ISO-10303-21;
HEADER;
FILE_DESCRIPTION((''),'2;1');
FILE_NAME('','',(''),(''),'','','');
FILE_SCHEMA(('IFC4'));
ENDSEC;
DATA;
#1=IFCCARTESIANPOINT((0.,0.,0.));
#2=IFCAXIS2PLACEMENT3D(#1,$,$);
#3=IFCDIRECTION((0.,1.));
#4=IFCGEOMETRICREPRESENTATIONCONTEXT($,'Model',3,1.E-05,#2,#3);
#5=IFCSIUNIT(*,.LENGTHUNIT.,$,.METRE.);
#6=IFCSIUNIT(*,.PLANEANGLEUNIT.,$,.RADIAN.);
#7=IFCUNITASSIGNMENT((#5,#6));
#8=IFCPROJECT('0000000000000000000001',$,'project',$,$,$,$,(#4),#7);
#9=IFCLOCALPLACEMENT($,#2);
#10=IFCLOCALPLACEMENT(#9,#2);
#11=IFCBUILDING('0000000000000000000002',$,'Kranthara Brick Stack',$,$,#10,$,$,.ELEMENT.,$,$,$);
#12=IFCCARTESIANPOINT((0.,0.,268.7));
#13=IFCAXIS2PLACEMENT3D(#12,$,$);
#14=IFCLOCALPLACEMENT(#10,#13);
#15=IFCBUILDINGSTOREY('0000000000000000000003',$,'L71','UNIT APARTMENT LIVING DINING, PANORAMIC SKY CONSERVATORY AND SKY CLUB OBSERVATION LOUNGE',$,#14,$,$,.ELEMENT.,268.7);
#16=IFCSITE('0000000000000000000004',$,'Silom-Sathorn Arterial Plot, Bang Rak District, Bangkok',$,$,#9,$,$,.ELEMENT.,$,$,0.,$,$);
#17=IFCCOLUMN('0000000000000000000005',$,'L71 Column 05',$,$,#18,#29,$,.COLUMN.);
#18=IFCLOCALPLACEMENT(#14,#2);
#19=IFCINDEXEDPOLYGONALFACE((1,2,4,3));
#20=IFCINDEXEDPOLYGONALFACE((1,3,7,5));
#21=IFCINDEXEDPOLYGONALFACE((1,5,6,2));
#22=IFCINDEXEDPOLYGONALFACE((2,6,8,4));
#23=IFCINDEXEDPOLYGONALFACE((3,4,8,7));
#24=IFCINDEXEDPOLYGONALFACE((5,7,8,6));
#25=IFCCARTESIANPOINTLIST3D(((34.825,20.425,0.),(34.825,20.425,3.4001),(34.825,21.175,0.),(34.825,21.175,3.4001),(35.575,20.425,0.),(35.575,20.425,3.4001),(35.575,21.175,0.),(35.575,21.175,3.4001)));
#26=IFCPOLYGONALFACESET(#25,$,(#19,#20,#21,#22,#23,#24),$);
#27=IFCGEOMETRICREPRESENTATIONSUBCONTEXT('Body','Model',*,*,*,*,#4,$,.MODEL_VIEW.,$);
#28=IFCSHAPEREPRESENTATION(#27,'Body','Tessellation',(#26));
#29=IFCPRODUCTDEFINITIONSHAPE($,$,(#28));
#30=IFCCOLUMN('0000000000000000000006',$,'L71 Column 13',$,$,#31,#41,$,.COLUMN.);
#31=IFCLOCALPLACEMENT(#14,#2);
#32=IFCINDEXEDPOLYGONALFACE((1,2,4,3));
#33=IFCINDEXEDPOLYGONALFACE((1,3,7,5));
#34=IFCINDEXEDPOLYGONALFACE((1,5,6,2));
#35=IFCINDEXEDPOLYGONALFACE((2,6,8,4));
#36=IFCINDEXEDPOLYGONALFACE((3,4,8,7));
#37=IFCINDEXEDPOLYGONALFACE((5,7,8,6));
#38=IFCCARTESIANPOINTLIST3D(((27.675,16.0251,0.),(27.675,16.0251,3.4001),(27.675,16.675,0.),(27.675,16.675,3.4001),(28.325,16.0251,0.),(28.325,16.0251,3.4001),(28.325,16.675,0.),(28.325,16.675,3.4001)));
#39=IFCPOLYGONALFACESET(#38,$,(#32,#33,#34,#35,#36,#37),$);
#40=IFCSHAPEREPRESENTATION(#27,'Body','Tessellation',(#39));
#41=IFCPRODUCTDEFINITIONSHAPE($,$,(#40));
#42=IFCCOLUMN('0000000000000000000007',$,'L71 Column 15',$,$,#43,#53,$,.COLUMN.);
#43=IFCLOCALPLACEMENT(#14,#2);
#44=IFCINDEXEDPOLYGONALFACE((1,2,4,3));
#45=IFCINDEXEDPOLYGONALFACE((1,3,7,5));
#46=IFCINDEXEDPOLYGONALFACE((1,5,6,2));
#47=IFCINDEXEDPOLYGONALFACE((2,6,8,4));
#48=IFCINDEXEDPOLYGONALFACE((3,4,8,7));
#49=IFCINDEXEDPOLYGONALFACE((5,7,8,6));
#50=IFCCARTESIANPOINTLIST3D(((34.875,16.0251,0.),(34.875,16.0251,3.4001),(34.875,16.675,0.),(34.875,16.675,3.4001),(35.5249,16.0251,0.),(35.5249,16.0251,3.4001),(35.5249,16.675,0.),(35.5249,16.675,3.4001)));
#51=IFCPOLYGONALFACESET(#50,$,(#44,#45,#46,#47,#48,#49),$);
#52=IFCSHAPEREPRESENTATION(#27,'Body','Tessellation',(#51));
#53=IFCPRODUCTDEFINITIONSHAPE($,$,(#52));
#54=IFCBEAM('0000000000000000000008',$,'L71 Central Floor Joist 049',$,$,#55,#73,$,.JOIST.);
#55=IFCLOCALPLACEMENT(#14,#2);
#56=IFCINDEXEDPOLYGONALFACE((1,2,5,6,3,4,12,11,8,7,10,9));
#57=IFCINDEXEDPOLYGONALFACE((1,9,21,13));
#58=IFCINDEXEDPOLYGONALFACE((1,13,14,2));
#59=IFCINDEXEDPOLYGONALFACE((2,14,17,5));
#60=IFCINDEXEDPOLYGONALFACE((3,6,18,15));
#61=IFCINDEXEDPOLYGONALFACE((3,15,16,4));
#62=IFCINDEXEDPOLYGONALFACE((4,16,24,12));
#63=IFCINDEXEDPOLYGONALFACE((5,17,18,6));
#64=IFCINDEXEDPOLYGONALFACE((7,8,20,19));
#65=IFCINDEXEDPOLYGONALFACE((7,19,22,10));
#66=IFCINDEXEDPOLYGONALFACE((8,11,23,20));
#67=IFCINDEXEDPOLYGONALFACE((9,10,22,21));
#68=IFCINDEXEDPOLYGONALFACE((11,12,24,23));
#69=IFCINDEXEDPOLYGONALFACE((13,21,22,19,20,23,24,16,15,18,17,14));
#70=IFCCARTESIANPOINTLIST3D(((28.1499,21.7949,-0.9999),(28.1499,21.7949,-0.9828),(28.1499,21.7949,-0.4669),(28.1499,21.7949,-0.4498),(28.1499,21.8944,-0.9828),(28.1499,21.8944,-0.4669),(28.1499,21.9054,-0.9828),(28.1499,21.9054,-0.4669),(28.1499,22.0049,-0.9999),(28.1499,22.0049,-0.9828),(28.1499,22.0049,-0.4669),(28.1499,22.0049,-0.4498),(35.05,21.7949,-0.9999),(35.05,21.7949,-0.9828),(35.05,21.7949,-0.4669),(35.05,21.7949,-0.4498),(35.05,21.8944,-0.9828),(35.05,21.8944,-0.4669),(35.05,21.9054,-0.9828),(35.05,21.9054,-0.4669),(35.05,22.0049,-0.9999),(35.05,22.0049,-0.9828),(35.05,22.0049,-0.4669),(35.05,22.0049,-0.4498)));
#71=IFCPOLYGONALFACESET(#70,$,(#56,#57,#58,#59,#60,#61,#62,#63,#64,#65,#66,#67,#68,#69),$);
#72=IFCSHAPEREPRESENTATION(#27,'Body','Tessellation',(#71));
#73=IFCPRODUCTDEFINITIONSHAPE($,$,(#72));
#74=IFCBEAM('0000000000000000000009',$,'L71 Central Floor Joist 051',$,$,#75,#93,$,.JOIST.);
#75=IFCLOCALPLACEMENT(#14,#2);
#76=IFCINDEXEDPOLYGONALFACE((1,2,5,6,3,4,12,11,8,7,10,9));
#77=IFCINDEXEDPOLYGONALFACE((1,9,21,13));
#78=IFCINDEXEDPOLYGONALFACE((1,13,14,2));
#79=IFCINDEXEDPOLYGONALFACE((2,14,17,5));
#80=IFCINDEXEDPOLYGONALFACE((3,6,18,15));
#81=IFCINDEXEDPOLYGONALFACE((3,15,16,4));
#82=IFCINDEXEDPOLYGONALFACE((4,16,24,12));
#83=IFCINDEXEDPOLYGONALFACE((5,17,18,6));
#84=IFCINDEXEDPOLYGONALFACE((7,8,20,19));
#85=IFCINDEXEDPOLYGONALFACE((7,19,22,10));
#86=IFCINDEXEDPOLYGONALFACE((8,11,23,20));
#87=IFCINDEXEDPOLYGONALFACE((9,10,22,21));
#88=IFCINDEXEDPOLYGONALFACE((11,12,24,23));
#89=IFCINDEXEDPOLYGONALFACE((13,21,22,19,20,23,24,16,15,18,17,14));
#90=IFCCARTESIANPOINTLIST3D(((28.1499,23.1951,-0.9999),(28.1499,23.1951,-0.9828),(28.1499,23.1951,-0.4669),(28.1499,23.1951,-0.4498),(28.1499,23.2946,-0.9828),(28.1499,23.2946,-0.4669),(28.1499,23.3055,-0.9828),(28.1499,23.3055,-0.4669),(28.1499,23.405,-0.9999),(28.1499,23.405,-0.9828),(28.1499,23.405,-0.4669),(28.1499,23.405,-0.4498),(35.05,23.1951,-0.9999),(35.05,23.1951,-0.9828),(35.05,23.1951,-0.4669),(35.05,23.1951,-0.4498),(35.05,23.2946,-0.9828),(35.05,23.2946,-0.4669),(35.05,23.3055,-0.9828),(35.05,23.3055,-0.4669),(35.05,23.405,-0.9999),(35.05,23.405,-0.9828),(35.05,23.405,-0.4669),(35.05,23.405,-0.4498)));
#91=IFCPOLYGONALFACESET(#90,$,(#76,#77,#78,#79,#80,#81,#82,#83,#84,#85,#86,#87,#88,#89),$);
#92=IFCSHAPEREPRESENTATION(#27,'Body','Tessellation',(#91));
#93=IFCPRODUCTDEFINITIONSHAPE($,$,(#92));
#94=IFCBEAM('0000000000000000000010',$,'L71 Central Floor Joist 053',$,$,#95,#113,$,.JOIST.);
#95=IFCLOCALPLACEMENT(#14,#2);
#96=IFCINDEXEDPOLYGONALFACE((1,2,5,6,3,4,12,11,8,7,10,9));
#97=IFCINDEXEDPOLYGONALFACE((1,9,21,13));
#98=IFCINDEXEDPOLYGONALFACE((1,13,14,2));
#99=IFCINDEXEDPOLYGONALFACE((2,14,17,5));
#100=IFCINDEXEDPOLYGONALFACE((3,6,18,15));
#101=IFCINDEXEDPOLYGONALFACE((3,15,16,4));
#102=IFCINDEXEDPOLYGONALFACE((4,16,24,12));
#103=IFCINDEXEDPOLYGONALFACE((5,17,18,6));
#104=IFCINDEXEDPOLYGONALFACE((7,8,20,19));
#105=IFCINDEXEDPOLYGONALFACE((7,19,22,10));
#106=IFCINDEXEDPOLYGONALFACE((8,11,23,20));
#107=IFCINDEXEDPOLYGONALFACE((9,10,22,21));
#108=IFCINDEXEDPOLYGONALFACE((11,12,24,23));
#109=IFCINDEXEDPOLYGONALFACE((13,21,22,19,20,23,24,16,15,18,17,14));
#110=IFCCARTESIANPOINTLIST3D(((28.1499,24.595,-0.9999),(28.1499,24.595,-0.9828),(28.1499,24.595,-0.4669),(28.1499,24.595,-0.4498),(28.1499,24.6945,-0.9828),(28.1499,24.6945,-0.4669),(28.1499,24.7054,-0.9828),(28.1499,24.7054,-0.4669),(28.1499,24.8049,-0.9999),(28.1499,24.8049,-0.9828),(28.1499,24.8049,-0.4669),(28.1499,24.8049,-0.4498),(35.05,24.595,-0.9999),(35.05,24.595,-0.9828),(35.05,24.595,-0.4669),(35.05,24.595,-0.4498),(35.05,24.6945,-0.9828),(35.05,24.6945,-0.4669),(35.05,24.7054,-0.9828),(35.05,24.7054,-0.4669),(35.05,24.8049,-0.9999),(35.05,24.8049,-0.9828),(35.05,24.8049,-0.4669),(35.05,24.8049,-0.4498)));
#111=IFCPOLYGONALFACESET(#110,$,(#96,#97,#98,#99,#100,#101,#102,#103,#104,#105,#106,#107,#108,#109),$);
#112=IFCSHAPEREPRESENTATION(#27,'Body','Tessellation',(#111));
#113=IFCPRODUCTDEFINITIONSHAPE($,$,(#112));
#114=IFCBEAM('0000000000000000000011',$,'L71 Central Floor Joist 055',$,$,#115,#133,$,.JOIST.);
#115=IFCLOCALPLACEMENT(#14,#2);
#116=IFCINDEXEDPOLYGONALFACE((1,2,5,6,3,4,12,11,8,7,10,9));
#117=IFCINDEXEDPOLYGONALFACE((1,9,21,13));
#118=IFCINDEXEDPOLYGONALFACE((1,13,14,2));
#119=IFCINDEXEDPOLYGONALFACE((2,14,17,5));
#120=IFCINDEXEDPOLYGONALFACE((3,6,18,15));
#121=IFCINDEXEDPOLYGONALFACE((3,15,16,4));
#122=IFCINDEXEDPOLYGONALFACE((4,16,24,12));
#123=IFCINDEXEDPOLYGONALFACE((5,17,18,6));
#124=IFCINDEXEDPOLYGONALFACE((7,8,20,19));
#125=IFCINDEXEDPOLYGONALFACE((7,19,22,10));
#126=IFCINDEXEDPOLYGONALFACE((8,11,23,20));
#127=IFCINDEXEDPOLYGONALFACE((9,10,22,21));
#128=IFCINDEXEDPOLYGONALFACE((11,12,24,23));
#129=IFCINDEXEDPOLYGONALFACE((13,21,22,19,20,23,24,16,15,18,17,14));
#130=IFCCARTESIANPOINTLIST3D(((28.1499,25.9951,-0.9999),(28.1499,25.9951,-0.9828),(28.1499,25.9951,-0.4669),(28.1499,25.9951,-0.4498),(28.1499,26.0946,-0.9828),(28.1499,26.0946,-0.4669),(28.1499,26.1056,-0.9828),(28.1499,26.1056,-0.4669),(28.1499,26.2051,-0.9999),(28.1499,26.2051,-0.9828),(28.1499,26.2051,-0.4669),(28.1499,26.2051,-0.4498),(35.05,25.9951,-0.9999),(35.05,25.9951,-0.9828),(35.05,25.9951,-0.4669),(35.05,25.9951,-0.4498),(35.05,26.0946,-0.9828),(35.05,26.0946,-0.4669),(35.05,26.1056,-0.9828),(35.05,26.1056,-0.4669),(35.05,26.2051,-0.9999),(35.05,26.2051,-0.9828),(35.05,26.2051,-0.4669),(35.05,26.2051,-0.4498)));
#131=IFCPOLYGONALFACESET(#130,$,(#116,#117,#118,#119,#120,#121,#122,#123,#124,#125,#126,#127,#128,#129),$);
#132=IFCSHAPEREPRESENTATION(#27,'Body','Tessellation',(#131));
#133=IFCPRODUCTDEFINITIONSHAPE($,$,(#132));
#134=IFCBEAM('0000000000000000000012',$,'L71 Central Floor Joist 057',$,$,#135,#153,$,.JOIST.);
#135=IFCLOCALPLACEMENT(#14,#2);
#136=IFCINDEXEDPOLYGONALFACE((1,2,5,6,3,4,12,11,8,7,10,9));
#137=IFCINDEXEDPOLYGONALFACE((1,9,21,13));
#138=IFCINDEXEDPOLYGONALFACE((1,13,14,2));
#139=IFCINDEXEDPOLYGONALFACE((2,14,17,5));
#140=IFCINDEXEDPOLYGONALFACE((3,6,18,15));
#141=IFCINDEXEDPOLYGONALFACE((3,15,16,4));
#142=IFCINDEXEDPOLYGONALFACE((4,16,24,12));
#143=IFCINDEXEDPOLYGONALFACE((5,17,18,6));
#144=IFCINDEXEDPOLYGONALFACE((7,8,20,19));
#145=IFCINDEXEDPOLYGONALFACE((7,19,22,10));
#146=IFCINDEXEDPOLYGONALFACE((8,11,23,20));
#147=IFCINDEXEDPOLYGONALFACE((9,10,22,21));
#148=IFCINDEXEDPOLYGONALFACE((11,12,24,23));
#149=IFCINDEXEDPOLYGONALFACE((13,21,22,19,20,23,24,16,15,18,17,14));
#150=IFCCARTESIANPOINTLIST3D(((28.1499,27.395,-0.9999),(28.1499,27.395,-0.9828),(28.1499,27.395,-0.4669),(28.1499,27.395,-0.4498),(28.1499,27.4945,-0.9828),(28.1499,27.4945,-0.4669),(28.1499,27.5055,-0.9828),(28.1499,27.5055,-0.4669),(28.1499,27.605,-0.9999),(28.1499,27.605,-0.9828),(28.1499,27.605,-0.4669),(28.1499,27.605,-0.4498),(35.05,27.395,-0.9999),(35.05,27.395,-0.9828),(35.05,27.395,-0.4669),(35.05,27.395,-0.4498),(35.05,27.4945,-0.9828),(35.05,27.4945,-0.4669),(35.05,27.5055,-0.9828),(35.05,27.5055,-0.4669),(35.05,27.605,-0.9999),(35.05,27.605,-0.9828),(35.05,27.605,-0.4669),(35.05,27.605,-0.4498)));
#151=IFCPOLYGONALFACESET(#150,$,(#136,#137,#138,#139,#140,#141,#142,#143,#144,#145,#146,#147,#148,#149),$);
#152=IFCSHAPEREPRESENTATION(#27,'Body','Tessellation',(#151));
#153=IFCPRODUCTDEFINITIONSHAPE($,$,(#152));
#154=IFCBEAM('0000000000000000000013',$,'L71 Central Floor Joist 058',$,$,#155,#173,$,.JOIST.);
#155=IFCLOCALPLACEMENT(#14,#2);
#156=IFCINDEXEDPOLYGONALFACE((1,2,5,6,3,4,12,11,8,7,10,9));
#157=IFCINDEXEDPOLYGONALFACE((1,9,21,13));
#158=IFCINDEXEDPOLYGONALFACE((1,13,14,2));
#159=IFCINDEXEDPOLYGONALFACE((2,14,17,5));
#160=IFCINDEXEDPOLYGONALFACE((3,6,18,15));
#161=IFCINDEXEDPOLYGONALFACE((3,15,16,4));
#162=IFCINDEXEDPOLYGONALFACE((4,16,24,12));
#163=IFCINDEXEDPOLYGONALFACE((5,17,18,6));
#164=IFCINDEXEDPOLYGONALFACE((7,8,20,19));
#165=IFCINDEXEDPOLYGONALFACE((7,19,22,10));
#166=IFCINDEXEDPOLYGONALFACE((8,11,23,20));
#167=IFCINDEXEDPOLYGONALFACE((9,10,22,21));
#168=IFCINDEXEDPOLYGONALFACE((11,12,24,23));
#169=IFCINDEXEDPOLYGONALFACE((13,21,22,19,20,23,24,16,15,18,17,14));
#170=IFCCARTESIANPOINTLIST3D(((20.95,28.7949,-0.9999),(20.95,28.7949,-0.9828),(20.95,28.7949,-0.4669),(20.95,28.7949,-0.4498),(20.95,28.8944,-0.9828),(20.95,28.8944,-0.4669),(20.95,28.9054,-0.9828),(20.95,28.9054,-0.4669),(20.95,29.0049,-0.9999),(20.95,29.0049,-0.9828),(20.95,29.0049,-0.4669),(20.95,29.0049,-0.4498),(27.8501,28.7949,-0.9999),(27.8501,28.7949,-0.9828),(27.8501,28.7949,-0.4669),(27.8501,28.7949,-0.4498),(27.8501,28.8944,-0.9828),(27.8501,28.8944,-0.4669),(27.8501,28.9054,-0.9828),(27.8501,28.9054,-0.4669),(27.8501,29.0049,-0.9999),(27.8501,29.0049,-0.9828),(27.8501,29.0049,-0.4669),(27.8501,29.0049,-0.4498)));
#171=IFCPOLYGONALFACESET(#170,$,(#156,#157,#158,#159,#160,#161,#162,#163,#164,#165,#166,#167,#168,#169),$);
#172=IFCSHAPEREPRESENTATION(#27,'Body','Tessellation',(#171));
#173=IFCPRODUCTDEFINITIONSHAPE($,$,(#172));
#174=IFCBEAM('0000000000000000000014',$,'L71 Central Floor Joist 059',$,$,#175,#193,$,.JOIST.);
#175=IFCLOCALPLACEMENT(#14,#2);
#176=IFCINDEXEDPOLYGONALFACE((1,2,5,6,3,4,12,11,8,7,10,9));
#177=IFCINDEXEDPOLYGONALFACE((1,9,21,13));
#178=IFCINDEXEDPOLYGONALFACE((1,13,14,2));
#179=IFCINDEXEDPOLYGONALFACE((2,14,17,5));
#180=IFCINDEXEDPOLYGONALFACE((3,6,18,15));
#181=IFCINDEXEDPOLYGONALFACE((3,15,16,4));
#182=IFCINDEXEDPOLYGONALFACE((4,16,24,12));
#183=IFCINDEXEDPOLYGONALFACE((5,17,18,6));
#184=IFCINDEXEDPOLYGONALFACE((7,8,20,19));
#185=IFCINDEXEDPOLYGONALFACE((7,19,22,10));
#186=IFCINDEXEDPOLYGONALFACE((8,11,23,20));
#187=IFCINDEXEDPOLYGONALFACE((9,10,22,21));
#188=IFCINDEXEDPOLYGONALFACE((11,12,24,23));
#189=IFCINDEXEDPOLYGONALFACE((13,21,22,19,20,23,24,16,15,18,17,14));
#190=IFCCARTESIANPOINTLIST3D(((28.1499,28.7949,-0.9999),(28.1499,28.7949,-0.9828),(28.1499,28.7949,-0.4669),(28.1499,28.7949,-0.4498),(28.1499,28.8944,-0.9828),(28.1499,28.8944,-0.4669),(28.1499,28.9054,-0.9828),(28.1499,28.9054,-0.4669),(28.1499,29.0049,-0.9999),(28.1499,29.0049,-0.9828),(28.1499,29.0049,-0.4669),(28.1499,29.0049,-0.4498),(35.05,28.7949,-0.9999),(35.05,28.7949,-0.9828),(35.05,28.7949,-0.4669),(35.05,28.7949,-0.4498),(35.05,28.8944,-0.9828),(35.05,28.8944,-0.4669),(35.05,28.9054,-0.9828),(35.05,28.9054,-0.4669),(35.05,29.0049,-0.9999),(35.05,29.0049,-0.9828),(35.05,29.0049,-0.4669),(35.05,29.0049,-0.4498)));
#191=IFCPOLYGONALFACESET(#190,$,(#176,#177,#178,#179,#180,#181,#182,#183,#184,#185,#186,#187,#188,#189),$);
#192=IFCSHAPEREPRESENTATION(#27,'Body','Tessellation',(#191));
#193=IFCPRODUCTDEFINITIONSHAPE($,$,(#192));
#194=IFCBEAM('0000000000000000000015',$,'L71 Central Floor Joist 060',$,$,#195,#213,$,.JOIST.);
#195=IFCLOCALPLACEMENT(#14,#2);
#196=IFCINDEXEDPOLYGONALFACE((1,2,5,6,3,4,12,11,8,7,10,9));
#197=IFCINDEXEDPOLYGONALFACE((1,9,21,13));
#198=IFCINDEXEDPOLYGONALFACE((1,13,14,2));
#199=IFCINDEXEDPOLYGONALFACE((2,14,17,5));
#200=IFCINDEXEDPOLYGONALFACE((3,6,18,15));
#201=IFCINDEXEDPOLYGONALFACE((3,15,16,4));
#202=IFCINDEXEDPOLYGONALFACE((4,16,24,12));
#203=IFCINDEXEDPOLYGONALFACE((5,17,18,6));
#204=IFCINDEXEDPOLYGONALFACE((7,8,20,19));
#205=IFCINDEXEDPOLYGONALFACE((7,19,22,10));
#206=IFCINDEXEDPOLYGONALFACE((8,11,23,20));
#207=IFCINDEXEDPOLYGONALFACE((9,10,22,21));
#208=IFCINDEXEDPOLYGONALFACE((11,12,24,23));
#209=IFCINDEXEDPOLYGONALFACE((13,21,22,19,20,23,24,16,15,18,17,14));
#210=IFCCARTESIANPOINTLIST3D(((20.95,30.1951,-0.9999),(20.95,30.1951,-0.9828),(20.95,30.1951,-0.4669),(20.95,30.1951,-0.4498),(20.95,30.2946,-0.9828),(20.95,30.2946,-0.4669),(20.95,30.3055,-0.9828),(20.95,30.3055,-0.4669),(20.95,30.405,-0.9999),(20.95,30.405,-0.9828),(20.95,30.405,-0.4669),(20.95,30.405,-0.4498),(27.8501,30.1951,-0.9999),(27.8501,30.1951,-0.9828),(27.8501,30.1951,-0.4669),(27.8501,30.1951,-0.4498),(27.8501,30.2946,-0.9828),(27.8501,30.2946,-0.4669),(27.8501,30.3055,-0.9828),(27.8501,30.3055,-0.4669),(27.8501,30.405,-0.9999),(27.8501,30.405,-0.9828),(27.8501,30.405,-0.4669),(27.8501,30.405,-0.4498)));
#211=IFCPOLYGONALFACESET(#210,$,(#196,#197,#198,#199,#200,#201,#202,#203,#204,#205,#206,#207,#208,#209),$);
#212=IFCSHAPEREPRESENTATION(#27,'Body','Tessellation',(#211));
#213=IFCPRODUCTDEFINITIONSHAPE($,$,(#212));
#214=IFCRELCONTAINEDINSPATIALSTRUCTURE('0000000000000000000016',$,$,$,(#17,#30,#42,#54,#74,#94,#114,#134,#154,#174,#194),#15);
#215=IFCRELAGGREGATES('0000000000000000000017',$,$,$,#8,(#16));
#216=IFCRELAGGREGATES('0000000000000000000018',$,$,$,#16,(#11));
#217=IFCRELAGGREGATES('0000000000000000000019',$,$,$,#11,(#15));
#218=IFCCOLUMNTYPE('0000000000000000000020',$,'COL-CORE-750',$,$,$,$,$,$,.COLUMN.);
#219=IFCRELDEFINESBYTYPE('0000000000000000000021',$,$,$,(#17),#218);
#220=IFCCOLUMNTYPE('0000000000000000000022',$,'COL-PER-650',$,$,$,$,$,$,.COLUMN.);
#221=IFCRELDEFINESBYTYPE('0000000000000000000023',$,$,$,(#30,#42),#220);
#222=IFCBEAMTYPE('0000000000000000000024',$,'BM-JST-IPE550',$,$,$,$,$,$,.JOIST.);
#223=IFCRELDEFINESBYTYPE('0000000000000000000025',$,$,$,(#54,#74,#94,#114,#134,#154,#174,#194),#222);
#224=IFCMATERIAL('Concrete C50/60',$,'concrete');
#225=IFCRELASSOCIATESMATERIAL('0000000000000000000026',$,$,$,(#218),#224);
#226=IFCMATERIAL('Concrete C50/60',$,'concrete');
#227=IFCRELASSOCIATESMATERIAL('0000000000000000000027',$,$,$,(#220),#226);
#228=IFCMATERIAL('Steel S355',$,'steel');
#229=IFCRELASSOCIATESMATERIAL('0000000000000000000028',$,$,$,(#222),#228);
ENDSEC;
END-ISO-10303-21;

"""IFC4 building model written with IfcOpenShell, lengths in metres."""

from ifc_helpers import new_model, si_unit, direction, frame, origin, origin_2d, place, context, subcontext, project, spatial, rectangle, i_section, extrude, material, material_profile, profile_set, type_object, element, save


model = new_model("IFC4")

# Units and contexts
model_context = context("Model", 3, precision=1e-05, world=origin(), true_north=direction((0.0, 1.0)))
body_context = subcontext(model_context, "Body", "Model", "MODEL_VIEW")
ifc_project = project(units=[si_unit("LENGTHUNIT", "METRE"), si_unit("PLANEANGLEUNIT", "RADIAN")], contexts=[model_context])

# Site, building, storey
site_placement = place(None, origin())
site = spatial("IfcSite", under=ifc_project, at=site_placement, Name="Silom-Sathorn Arterial Plot, Bang Rak District, Bangkok", CompositionType="ELEMENT", RefElevation=0.0)
building_placement = place(site_placement, origin())
building = spatial("IfcBuilding", under=site, at=building_placement, Name="Kranthara Brick Stack", CompositionType="ELEMENT")
storey_placement = place(building_placement, frame((0.0, 0.0, 268.7)))
storey = spatial("IfcBuildingStorey", under=building, at=storey_placement, Name="L71", Description="UNIT APARTMENT LIVING DINING, PANORAMIC SKY CONSERVATORY AND SKY CLUB OBSERVATION LOUNGE", CompositionType="ELEMENT", Elevation=268.7)

# Columns
ifc_material_1 = material(Name="Concrete C50/60", Category="concrete")
ifc_material_profile_1 = material_profile(ifc_material_1, rectangle(XDim=0.75, YDim=0.75, at=origin_2d()), Name="RC 750x750")
ifc_profile_set_1 = profile_set([ifc_material_profile_1], Name="Concrete C50/60")
column_type_1 = type_object("IfcColumnType", Name="COL-CORE-750", PredefinedType="COLUMN", material=ifc_profile_set_1)
column_placement = place(storey_placement, frame((35.2, 20.8, 0.0), z_axis=(0.0, 0.0, 1.0), x_axis=(1.0, 0.0, 0.0)))
element("IfcColumn", 1, at=column_placement, inside=storey, type_object=column_type_1, Name="L71 Column 05", PredefinedType="COLUMN", context=body_context, shape_type="SweptSolid", body=[
    extrude(rectangle(XDim=0.75, YDim=0.75, at=origin_2d()), origin(), (0.0, 0.0, 1.0), 3.4001),
])
ifc_material_2 = material(Name="Concrete C50/60", Category="concrete")
ifc_material_profile_2 = material_profile(ifc_material_2, rectangle(XDim=0.6499, YDim=0.6499, at=origin_2d()), Name="RC 650x650")
ifc_profile_set_2 = profile_set([ifc_material_profile_2], Name="Concrete C50/60")
column_type_2 = type_object("IfcColumnType", Name="COL-PER-650", PredefinedType="COLUMN", material=ifc_profile_set_2)
for number, where, z_axis, x_axis, name in (
    (2, (28.0, 16.3501, 0.0), (0.0, 0.0, 1.0), (1.0, 0.0, 0.0), "L71 Column 13"),
    (3, (35.2, 16.3501, 0.0), (0.0, 0.0, 1.0), (1.0, 0.0, 0.0), "L71 Column 15"),
):
    element("IfcColumn", number, at=place(storey_placement, frame(where, z_axis=z_axis, x_axis=x_axis)), inside=storey, type_object=column_type_2, Name=name, PredefinedType="COLUMN", context=body_context, shape_type="SweptSolid", body=[
        extrude(rectangle(XDim=0.6499, YDim=0.6499, at=origin_2d()), origin(), (0.0, 0.0, 1.0), 3.4001),
    ])

# Beams
ifc_material_3 = material(Name="Steel S355", Category="steel")
ifc_material_profile_3 = material_profile(ifc_material_3, i_section(OverallWidth=0.21, OverallDepth=0.55, WebThickness=0.011, FlangeThickness=0.0171, at=origin_2d()), Name="IPE 550")
ifc_profile_set_3 = profile_set([ifc_material_profile_3], Name="Steel S355")
beam_type_1 = type_object("IfcBeamType", Name="BM-JST-IPE550", PredefinedType="JOIST", material=ifc_profile_set_3)
for number, where, z_axis, x_axis, name in (
    (4, (28.1499, 21.8999, -0.7249), (1.0, 0.0, 0.0), (0.0, 1.0, 0.0), "L71 Central Floor Joist 049"),
    (5, (28.1499, 23.3, -0.7249), (1.0, 0.0, 0.0), (0.0, 1.0, 0.0), "L71 Central Floor Joist 051"),
    (6, (28.1499, 24.7, -0.7249), (1.0, 0.0, 0.0), (0.0, 1.0, 0.0), "L71 Central Floor Joist 053"),
    (7, (28.1499, 26.1001, -0.7249), (1.0, 0.0, 0.0), (0.0, 1.0, 0.0), "L71 Central Floor Joist 055"),
    (8, (28.1499, 27.5, -0.7249), (1.0, 0.0, 0.0), (0.0, 1.0, 0.0), "L71 Central Floor Joist 057"),
    (9, (20.95, 28.8999, -0.7249), (1.0, 0.0, 0.0), (0.0, 1.0, 0.0), "L71 Central Floor Joist 058"),
    (10, (28.1499, 28.8999, -0.7249), (1.0, 0.0, 0.0), (0.0, 1.0, 0.0), "L71 Central Floor Joist 059"),
    (11, (20.95, 30.3, -0.7249), (1.0, 0.0, 0.0), (0.0, 1.0, 0.0), "L71 Central Floor Joist 060"),
):
    element("IfcBeam", number, at=place(storey_placement, frame(where, z_axis=z_axis, x_axis=x_axis)), inside=storey, type_object=beam_type_1, Name=name, PredefinedType="JOIST", context=body_context, shape_type="SweptSolid", body=[
        extrude(i_section(OverallWidth=0.21, OverallDepth=0.55, WebThickness=0.011, FlangeThickness=0.0171, at=origin_2d()), origin(), (0.0, 0.0, 1.0), 6.9001),
    ])

save(model, "model.ifc")
